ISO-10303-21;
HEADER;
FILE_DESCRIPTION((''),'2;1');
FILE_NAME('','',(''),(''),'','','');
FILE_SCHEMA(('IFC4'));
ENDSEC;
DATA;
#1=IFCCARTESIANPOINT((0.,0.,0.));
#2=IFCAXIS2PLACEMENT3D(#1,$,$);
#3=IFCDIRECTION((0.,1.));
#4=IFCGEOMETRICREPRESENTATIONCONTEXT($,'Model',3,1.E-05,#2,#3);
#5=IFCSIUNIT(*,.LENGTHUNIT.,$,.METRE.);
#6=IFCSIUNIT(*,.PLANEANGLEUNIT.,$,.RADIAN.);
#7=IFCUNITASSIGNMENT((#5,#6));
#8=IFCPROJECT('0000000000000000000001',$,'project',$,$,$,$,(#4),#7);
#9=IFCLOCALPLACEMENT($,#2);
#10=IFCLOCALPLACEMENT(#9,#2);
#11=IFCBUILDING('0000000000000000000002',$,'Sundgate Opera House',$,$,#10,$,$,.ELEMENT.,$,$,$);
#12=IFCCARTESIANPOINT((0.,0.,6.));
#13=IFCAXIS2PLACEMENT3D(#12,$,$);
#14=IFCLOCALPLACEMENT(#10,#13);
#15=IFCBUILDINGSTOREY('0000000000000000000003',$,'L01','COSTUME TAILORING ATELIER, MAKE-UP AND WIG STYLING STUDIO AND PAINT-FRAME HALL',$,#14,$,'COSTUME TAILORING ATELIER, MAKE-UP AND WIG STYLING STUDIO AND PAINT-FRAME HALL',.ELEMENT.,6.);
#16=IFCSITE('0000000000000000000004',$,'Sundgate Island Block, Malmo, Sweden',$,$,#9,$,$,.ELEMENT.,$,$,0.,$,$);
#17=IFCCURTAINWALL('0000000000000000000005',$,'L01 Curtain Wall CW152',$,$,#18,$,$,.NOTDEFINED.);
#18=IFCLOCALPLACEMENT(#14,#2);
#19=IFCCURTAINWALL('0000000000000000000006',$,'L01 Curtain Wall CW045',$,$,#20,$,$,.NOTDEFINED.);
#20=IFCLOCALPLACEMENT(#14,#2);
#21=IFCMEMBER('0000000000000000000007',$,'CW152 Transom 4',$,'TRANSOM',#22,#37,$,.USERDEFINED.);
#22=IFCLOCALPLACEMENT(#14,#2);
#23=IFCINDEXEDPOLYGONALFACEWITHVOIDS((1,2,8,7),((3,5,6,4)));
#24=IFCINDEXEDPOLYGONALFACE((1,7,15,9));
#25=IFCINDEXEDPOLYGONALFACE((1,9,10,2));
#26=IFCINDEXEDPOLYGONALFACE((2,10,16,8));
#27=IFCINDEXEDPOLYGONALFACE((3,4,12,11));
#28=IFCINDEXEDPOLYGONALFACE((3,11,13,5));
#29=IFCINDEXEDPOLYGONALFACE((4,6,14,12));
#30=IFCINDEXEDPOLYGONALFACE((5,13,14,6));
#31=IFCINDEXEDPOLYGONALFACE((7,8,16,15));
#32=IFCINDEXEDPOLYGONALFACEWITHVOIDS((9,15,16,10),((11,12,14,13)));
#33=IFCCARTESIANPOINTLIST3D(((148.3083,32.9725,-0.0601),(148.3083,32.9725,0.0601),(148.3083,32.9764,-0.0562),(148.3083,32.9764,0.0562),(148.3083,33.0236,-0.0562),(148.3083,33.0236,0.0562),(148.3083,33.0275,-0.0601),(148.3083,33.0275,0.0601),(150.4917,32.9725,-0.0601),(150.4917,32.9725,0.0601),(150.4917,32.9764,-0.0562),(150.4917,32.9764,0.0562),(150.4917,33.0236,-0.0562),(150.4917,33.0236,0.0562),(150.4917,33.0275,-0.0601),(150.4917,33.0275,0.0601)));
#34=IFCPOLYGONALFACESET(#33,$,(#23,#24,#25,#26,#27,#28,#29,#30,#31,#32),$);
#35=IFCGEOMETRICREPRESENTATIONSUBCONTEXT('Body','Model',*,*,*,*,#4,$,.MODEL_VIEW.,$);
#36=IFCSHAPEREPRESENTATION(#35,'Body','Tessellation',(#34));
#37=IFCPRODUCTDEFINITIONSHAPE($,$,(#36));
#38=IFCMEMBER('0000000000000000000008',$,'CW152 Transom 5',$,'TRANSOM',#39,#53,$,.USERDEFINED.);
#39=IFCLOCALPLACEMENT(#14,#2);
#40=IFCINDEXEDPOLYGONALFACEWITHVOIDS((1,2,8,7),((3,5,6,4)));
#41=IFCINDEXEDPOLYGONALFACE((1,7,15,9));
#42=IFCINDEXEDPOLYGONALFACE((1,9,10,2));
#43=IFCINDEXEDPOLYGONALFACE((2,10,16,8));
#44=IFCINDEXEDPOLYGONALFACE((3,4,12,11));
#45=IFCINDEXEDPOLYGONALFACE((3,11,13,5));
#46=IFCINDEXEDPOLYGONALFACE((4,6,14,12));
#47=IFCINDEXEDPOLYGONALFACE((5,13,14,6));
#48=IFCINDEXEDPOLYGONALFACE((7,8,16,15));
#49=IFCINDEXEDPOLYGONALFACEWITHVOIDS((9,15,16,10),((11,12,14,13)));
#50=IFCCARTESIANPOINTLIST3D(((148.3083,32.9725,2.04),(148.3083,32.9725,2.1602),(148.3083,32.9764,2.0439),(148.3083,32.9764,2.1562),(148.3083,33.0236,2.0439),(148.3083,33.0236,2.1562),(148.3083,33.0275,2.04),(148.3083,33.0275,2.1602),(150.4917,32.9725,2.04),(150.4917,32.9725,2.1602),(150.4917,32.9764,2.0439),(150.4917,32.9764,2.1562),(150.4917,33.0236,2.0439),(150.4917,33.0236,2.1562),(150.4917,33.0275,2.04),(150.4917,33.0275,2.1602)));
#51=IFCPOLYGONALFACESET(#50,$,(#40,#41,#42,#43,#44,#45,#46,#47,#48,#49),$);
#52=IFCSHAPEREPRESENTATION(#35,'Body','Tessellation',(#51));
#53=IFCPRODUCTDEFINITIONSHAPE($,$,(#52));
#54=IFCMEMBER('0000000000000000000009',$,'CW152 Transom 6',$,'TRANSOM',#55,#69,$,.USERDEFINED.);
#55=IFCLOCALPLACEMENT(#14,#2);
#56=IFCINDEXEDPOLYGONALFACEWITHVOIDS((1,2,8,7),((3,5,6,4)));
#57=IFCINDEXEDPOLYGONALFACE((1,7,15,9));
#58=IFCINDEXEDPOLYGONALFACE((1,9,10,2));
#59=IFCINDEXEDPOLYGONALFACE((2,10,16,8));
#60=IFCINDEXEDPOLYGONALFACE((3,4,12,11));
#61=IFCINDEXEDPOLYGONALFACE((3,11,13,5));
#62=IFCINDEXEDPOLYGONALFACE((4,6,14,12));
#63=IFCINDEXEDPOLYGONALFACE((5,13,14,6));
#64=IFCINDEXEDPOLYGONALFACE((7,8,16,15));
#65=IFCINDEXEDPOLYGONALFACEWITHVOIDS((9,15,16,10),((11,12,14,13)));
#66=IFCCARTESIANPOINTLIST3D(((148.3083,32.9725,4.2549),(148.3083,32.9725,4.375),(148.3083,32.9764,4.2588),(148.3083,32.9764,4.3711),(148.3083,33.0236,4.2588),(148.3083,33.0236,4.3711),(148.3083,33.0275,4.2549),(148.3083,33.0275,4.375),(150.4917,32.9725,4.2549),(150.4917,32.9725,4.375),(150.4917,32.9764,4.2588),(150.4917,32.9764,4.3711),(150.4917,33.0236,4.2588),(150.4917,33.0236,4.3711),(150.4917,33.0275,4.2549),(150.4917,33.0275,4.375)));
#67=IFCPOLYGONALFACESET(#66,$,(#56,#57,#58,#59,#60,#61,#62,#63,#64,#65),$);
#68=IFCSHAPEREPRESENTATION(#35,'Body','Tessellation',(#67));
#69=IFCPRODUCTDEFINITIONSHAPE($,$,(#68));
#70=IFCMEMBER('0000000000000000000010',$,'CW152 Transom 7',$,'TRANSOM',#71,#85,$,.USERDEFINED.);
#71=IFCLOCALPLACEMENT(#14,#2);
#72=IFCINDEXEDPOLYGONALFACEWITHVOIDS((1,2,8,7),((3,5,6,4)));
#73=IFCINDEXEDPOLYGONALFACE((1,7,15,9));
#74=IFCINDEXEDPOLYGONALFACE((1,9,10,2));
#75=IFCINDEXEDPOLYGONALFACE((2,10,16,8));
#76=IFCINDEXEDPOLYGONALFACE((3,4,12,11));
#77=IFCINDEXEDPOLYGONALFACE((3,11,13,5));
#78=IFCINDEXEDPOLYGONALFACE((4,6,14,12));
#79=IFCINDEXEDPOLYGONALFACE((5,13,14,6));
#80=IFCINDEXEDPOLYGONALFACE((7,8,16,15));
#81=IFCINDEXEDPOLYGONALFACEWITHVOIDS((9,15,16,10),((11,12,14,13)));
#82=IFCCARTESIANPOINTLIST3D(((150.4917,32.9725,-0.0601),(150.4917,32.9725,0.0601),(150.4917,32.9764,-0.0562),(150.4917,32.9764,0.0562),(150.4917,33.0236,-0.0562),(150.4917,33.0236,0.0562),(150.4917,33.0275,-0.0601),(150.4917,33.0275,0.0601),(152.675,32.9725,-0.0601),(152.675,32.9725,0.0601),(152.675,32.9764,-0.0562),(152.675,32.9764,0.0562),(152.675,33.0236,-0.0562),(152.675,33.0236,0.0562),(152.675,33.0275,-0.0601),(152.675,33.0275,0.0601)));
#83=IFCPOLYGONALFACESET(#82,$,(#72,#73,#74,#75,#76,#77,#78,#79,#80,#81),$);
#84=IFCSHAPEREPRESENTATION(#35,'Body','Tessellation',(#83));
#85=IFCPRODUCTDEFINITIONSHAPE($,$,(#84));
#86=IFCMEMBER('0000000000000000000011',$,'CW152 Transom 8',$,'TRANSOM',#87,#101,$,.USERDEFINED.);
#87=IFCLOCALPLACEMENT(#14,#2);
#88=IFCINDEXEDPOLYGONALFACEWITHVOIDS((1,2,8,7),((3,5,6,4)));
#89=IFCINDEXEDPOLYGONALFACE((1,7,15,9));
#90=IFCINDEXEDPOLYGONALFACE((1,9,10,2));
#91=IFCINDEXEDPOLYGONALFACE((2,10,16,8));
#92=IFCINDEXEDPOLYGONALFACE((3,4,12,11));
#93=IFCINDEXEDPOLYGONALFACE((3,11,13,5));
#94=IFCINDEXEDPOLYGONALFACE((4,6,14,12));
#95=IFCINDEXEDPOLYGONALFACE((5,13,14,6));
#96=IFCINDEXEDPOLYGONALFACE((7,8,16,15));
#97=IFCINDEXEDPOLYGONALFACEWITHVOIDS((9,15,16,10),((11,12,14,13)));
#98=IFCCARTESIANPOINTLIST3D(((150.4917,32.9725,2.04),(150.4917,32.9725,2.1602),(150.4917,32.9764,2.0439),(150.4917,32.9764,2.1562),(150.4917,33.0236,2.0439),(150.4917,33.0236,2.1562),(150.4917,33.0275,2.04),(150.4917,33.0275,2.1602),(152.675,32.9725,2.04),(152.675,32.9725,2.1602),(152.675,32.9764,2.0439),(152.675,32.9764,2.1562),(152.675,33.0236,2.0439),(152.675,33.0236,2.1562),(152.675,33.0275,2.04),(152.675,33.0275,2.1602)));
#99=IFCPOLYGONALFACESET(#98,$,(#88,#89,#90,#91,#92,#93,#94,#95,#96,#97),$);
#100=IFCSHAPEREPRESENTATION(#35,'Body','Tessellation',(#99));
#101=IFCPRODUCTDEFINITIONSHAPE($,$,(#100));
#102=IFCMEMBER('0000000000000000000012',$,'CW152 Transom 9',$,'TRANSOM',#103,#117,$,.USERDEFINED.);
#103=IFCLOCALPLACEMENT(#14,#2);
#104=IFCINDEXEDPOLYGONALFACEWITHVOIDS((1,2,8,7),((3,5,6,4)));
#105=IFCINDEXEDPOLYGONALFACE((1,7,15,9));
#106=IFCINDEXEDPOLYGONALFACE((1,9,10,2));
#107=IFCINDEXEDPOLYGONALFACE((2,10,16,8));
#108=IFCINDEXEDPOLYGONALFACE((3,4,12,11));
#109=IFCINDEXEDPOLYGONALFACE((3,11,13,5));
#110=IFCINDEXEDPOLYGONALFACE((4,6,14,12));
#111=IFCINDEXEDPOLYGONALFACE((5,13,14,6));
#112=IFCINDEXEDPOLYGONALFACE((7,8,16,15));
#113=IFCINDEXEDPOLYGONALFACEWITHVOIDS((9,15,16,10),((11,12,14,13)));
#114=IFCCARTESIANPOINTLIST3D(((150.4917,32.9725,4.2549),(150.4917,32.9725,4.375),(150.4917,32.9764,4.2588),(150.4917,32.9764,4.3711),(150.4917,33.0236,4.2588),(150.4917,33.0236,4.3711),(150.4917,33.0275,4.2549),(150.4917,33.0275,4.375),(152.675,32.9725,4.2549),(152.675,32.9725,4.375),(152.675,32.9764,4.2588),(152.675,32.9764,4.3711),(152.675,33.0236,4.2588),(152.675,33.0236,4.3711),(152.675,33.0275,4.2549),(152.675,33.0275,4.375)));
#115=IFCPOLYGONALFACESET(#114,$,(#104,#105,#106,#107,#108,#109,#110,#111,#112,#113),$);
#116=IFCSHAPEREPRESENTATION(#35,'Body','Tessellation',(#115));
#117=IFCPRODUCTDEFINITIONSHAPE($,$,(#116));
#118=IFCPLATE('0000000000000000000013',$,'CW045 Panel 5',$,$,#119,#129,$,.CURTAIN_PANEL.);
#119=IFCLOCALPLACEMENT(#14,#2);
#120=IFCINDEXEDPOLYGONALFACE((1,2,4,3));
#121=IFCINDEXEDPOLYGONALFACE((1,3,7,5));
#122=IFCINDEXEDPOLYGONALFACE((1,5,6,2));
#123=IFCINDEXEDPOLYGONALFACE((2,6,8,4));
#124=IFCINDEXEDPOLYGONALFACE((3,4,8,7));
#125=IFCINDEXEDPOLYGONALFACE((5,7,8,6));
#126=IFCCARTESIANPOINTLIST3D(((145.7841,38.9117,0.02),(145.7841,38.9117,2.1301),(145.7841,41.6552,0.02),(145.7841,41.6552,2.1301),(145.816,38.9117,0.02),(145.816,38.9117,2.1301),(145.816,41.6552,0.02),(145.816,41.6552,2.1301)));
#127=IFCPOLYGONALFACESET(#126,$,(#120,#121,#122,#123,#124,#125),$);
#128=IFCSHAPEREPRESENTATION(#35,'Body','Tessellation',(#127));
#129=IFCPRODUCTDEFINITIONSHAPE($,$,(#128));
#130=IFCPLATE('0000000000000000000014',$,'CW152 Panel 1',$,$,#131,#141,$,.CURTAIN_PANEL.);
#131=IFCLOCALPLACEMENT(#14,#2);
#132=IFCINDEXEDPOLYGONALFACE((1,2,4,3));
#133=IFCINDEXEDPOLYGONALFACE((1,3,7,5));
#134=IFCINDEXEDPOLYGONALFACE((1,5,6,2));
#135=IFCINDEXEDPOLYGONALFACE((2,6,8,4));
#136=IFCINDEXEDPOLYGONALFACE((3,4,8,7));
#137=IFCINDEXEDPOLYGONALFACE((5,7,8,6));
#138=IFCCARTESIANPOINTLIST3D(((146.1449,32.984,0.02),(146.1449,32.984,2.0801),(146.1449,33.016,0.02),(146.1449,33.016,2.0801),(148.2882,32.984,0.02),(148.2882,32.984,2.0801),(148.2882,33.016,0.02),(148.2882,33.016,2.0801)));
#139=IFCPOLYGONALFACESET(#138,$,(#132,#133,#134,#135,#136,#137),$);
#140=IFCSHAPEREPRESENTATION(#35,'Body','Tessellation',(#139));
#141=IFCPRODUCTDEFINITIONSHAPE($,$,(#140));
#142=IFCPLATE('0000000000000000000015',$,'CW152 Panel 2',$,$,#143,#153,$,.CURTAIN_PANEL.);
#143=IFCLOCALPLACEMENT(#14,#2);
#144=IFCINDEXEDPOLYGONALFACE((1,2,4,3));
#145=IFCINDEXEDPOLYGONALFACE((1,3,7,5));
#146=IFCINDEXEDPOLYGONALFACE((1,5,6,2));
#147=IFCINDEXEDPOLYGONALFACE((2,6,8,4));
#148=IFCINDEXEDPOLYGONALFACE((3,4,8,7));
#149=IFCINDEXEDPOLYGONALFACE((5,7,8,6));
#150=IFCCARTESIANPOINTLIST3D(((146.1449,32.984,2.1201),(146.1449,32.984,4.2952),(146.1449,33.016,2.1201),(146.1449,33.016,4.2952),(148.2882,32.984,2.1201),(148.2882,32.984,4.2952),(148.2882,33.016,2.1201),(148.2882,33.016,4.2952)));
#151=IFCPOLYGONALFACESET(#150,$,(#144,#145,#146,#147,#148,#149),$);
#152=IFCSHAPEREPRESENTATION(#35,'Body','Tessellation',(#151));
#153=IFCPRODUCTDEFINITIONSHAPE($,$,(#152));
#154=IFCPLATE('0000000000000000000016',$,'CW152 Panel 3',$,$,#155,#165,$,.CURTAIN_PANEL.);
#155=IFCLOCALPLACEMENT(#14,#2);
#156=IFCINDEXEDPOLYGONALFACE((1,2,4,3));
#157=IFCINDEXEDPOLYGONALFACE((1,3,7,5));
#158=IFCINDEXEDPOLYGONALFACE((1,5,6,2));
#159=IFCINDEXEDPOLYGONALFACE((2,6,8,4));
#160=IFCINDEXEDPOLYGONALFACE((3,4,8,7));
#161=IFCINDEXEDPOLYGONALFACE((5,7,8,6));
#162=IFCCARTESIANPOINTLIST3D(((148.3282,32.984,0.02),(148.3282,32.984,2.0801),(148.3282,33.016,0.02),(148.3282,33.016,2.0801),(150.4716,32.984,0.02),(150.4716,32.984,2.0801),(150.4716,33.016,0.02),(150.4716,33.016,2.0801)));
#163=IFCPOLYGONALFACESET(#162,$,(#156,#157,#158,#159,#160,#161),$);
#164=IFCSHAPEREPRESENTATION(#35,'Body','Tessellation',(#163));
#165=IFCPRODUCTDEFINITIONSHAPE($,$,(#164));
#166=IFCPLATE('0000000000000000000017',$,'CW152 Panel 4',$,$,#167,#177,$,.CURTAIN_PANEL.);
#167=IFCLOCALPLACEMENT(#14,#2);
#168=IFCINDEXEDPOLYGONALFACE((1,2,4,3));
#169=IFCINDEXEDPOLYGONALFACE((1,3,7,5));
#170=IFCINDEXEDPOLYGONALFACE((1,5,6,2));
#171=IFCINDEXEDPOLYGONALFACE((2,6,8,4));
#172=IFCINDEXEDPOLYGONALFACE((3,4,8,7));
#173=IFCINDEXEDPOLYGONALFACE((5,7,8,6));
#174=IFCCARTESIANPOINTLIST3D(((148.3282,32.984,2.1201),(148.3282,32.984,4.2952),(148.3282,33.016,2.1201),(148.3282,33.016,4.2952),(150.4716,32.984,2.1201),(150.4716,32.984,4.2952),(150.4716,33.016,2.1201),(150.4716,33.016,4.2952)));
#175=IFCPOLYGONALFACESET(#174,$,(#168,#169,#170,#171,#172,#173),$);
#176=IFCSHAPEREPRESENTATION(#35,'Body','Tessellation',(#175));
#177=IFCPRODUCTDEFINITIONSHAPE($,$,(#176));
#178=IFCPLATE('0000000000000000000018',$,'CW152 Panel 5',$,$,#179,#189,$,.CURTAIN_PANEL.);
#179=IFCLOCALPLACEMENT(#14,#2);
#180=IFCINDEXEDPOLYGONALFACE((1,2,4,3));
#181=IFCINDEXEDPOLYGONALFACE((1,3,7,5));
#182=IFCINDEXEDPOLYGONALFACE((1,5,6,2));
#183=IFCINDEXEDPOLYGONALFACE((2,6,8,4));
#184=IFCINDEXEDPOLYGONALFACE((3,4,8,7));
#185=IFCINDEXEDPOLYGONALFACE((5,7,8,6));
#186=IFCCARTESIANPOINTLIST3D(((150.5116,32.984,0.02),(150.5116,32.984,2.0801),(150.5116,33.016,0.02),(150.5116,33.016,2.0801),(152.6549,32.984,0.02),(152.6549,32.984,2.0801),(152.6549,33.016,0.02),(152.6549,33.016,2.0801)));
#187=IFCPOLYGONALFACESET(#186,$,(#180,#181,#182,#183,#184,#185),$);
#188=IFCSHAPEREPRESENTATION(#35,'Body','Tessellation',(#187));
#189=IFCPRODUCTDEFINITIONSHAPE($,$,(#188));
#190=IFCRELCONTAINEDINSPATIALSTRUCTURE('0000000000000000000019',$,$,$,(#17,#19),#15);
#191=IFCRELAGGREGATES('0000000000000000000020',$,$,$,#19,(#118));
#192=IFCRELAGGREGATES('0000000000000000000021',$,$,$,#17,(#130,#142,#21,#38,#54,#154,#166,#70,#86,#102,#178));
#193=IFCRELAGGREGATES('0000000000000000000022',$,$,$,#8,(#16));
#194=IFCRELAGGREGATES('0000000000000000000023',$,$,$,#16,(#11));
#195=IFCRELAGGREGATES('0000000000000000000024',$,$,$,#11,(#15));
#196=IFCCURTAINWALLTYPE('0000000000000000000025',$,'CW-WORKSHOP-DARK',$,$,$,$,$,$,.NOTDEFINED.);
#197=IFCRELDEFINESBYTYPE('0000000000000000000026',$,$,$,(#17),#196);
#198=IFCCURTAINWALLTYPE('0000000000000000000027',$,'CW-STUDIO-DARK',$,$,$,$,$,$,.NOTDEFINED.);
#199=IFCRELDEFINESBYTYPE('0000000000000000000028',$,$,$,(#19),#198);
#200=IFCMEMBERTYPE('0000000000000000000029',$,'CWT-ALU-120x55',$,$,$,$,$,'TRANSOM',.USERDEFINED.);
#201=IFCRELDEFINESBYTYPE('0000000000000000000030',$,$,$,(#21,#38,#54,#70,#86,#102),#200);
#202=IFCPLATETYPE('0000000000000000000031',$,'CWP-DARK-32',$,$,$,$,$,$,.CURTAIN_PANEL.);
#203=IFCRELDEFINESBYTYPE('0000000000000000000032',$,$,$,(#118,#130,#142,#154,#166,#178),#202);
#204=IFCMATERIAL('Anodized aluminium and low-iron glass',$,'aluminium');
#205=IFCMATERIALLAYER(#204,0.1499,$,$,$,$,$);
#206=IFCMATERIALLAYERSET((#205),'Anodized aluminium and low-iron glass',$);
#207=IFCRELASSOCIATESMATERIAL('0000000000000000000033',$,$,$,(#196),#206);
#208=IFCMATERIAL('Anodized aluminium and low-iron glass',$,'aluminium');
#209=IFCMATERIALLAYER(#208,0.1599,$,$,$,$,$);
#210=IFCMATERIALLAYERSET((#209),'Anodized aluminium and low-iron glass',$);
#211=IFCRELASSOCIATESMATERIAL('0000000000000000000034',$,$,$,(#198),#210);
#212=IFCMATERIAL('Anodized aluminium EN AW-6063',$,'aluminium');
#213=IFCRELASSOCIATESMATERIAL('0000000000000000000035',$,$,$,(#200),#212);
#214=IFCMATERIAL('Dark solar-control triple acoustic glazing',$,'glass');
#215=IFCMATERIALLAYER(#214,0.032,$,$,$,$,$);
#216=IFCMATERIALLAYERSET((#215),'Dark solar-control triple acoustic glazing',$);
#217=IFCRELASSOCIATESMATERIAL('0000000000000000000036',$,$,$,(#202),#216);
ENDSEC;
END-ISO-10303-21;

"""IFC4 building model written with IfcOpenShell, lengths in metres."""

from ifc_helpers import new_model, si_unit, direction, frame, origin, origin_2d, place, context, subcontext, project, spatial, rectangle, hollow_rectangle, extrude, material, layer, layer_set, material_profile, profile_set, type_object, element, aggregate, save


model = new_model("IFC4")

# Units and contexts
model_context = context("Model", 3, precision=1e-05, world=origin(), true_north=direction((0.0, 1.0)))
body_context = subcontext(model_context, "Body", "Model", "MODEL_VIEW")
ifc_project = project(units=[si_unit("LENGTHUNIT", "METRE"), si_unit("PLANEANGLEUNIT", "RADIAN")], contexts=[model_context])

# Site, building, storey
site_placement = place(None, origin())
site = spatial("IfcSite", under=ifc_project, at=site_placement, Name="Sundgate Island Block, Malmo, Sweden", CompositionType="ELEMENT", RefElevation=0.0)
building_placement = place(site_placement, origin())
building = spatial("IfcBuilding", under=site, at=building_placement, Name="Sundgate Opera House", CompositionType="ELEMENT")
storey_placement = place(building_placement, frame((0.0, 0.0, 6.0)))
storey = spatial("IfcBuildingStorey", under=building, at=storey_placement, Name="L01", Description="COSTUME TAILORING ATELIER, MAKE-UP AND WIG STYLING STUDIO AND PAINT-FRAME HALL", LongName="COSTUME TAILORING ATELIER, MAKE-UP AND WIG STYLING STUDIO AND PAINT-FRAME HALL", CompositionType="ELEMENT", Elevation=6.0)

# Curtain walls
ifc_material_1 = material(Name="Anodized aluminium and low-iron glass", Category="aluminium")
ifc_layer_1 = layer(ifc_material_1, 0.1499)
ifc_layer_set_1 = layer_set([ifc_layer_1], Name="Anodized aluminium and low-iron glass")
curtain_wall_type_1 = type_object("IfcCurtainWallType", Name="CW-WORKSHOP-DARK", PredefinedType="NOTDEFINED", material=ifc_layer_set_1)
curtain_wall_1_placement = place(storey_placement, origin())
curtain_wall_1 = element("IfcCurtainWall", 1, at=curtain_wall_1_placement, inside=storey, type_object=curtain_wall_type_1, Name="L01 Curtain Wall CW152", PredefinedType="NOTDEFINED")
ifc_material_2 = material(Name="Anodized aluminium and low-iron glass", Category="aluminium")
ifc_layer_2 = layer(ifc_material_2, 0.1599)
ifc_layer_set_2 = layer_set([ifc_layer_2], Name="Anodized aluminium and low-iron glass")
curtain_wall_type_2 = type_object("IfcCurtainWallType", Name="CW-STUDIO-DARK", PredefinedType="NOTDEFINED", material=ifc_layer_set_2)
curtain_wall_2_placement = place(storey_placement, origin())
curtain_wall_2 = element("IfcCurtainWall", 2, at=curtain_wall_2_placement, inside=storey, type_object=curtain_wall_type_2, Name="L01 Curtain Wall CW045", PredefinedType="NOTDEFINED")
ifc_material_3 = material(Name="Anodized aluminium EN AW-6063", Category="aluminium")
ifc_material_profile_1 = material_profile(ifc_material_3, hollow_rectangle(XDim=0.0549, YDim=0.1201, WallThickness=0.0039, at=origin_2d()), Name="CWT 120x55x4")
ifc_profile_set_1 = profile_set([ifc_material_profile_1], Name="Anodized aluminium EN AW-6063")
member_type_1 = type_object("IfcMemberType", Name="CWT-ALU-120x55", ElementType="TRANSOM", PredefinedType="USERDEFINED", material=ifc_profile_set_1)

# Members
member_1_placement = place(storey_placement, frame((148.3083, 33.0, 0.0), z_axis=(1.0, 0.0, 0.0), x_axis=(0.0, 1.0, 0.0)))
member_1 = element("IfcMember", 3, at=member_1_placement, type_object=member_type_1, Name="CW152 Transom 4", ObjectType="TRANSOM", PredefinedType="USERDEFINED", context=body_context, shape_type="SweptSolid", body=[
    extrude(hollow_rectangle(XDim=0.0549, YDim=0.1201, WallThickness=0.0039, at=origin_2d()), origin(), (0.0, 0.0, 1.0), 2.1833),
])
member_2_placement = place(storey_placement, frame((148.3083, 33.0, 2.1001), z_axis=(1.0, 0.0, 0.0), x_axis=(0.0, 1.0, 0.0)))
member_2 = element("IfcMember", 4, at=member_2_placement, type_object=member_type_1, Name="CW152 Transom 5", ObjectType="TRANSOM", PredefinedType="USERDEFINED", context=body_context, shape_type="SweptSolid", body=[
    extrude(hollow_rectangle(XDim=0.0549, YDim=0.1201, WallThickness=0.0039, at=origin_2d()), origin(), (0.0, 0.0, 1.0), 2.1833),
])
member_3_placement = place(storey_placement, frame((148.3083, 33.0, 4.3149), z_axis=(1.0, 0.0, 0.0), x_axis=(0.0, 1.0, 0.0)))
member_3 = element("IfcMember", 5, at=member_3_placement, type_object=member_type_1, Name="CW152 Transom 6", ObjectType="TRANSOM", PredefinedType="USERDEFINED", context=body_context, shape_type="SweptSolid", body=[
    extrude(hollow_rectangle(XDim=0.0549, YDim=0.1201, WallThickness=0.0039, at=origin_2d()), origin(), (0.0, 0.0, 1.0), 2.1833),
])
member_4_placement = place(storey_placement, frame((150.4917, 33.0, 0.0), z_axis=(1.0, 0.0, 0.0), x_axis=(0.0, 1.0, 0.0)))
member_4 = element("IfcMember", 6, at=member_4_placement, type_object=member_type_1, Name="CW152 Transom 7", ObjectType="TRANSOM", PredefinedType="USERDEFINED", context=body_context, shape_type="SweptSolid", body=[
    extrude(hollow_rectangle(XDim=0.0549, YDim=0.1201, WallThickness=0.0039, at=origin_2d()), origin(), (0.0, 0.0, 1.0), 2.1833),
])
member_5_placement = place(storey_placement, frame((150.4917, 33.0, 2.1001), z_axis=(1.0, 0.0, 0.0), x_axis=(0.0, 1.0, 0.0)))
member_5 = element("IfcMember", 7, at=member_5_placement, type_object=member_type_1, Name="CW152 Transom 8", ObjectType="TRANSOM", PredefinedType="USERDEFINED", context=body_context, shape_type="SweptSolid", body=[
    extrude(hollow_rectangle(XDim=0.0549, YDim=0.1201, WallThickness=0.0039, at=origin_2d()), origin(), (0.0, 0.0, 1.0), 2.1833),
])
member_6_placement = place(storey_placement, frame((150.4917, 33.0, 4.3149), z_axis=(1.0, 0.0, 0.0), x_axis=(0.0, 1.0, 0.0)))
member_6 = element("IfcMember", 8, at=member_6_placement, type_object=member_type_1, Name="CW152 Transom 9", ObjectType="TRANSOM", PredefinedType="USERDEFINED", context=body_context, shape_type="SweptSolid", body=[
    extrude(hollow_rectangle(XDim=0.0549, YDim=0.1201, WallThickness=0.0039, at=origin_2d()), origin(), (0.0, 0.0, 1.0), 2.1833),
])

# Plates
ifc_material_4 = material(Name="Dark solar-control triple acoustic glazing", Category="glass")
ifc_layer_3 = layer(ifc_material_4, 0.032)
ifc_layer_set_3 = layer_set([ifc_layer_3], Name="Dark solar-control triple acoustic glazing")
plate_type = type_object("IfcPlateType", Name="CWP-DARK-32", PredefinedType="CURTAIN_PANEL", material=ifc_layer_set_3)
plate_1_placement = place(storey_placement, frame((145.8, 40.2834, 0.02), z_axis=(0.0, 0.0, 1.0), x_axis=(0.0, 1.0, 0.0)))
plate_1 = element("IfcPlate", 9, at=plate_1_placement, type_object=plate_type, Name="CW045 Panel 5", PredefinedType="CURTAIN_PANEL", context=body_context, shape_type="SweptSolid", body=[
    extrude(rectangle(XDim=2.7434, YDim=0.032, at=origin_2d()), origin(), (0.0, 0.0, 1.0), 2.1101),
])
aggregate(curtain_wall_2, [plate_1])
plate_2_placement = place(storey_placement, frame((147.2166, 33.0, 0.02), z_axis=(0.0, 0.0, 1.0), x_axis=(1.0, 0.0, 0.0)))
plate_2 = element("IfcPlate", 10, at=plate_2_placement, type_object=plate_type, Name="CW152 Panel 1", PredefinedType="CURTAIN_PANEL", context=body_context, shape_type="SweptSolid", body=[
    extrude(rectangle(XDim=2.1433, YDim=0.032, at=origin_2d()), origin(), (0.0, 0.0, 1.0), 2.0601),
])
plate_3_placement = place(storey_placement, frame((147.2166, 33.0, 2.1201), z_axis=(0.0, 0.0, 1.0), x_axis=(1.0, 0.0, 0.0)))
plate_3 = element("IfcPlate", 11, at=plate_3_placement, type_object=plate_type, Name="CW152 Panel 2", PredefinedType="CURTAIN_PANEL", context=body_context, shape_type="SweptSolid", body=[
    extrude(rectangle(XDim=2.1433, YDim=0.032, at=origin_2d()), origin(), (0.0, 0.0, 1.0), 2.175),
])
plate_4_placement = place(storey_placement, frame((149.3999, 33.0, 0.02), z_axis=(0.0, 0.0, 1.0), x_axis=(1.0, 0.0, 0.0)))
plate_4 = element("IfcPlate", 12, at=plate_4_placement, type_object=plate_type, Name="CW152 Panel 3", PredefinedType="CURTAIN_PANEL", context=body_context, shape_type="SweptSolid", body=[
    extrude(rectangle(XDim=2.1433, YDim=0.032, at=origin_2d()), origin(), (0.0, 0.0, 1.0), 2.0601),
])
plate_5_placement = place(storey_placement, frame((149.3999, 33.0, 2.1201), z_axis=(0.0, 0.0, 1.0), x_axis=(1.0, 0.0, 0.0)))
plate_5 = element("IfcPlate", 13, at=plate_5_placement, type_object=plate_type, Name="CW152 Panel 4", PredefinedType="CURTAIN_PANEL", context=body_context, shape_type="SweptSolid", body=[
    extrude(rectangle(XDim=2.1433, YDim=0.032, at=origin_2d()), origin(), (0.0, 0.0, 1.0), 2.175),
])
plate_6_placement = place(storey_placement, frame((151.5833, 33.0, 0.02), z_axis=(0.0, 0.0, 1.0), x_axis=(1.0, 0.0, 0.0)))
plate_6 = element("IfcPlate", 14, at=plate_6_placement, type_object=plate_type, Name="CW152 Panel 5", PredefinedType="CURTAIN_PANEL", context=body_context, shape_type="SweptSolid", body=[
    extrude(rectangle(XDim=2.1433, YDim=0.032, at=origin_2d()), origin(), (0.0, 0.0, 1.0), 2.0601),
])
aggregate(curtain_wall_1, [plate_2, plate_3, member_1, member_2, member_3, plate_4, plate_5, member_4, member_5, member_6, plate_6])

save(model, "model.ifc")
